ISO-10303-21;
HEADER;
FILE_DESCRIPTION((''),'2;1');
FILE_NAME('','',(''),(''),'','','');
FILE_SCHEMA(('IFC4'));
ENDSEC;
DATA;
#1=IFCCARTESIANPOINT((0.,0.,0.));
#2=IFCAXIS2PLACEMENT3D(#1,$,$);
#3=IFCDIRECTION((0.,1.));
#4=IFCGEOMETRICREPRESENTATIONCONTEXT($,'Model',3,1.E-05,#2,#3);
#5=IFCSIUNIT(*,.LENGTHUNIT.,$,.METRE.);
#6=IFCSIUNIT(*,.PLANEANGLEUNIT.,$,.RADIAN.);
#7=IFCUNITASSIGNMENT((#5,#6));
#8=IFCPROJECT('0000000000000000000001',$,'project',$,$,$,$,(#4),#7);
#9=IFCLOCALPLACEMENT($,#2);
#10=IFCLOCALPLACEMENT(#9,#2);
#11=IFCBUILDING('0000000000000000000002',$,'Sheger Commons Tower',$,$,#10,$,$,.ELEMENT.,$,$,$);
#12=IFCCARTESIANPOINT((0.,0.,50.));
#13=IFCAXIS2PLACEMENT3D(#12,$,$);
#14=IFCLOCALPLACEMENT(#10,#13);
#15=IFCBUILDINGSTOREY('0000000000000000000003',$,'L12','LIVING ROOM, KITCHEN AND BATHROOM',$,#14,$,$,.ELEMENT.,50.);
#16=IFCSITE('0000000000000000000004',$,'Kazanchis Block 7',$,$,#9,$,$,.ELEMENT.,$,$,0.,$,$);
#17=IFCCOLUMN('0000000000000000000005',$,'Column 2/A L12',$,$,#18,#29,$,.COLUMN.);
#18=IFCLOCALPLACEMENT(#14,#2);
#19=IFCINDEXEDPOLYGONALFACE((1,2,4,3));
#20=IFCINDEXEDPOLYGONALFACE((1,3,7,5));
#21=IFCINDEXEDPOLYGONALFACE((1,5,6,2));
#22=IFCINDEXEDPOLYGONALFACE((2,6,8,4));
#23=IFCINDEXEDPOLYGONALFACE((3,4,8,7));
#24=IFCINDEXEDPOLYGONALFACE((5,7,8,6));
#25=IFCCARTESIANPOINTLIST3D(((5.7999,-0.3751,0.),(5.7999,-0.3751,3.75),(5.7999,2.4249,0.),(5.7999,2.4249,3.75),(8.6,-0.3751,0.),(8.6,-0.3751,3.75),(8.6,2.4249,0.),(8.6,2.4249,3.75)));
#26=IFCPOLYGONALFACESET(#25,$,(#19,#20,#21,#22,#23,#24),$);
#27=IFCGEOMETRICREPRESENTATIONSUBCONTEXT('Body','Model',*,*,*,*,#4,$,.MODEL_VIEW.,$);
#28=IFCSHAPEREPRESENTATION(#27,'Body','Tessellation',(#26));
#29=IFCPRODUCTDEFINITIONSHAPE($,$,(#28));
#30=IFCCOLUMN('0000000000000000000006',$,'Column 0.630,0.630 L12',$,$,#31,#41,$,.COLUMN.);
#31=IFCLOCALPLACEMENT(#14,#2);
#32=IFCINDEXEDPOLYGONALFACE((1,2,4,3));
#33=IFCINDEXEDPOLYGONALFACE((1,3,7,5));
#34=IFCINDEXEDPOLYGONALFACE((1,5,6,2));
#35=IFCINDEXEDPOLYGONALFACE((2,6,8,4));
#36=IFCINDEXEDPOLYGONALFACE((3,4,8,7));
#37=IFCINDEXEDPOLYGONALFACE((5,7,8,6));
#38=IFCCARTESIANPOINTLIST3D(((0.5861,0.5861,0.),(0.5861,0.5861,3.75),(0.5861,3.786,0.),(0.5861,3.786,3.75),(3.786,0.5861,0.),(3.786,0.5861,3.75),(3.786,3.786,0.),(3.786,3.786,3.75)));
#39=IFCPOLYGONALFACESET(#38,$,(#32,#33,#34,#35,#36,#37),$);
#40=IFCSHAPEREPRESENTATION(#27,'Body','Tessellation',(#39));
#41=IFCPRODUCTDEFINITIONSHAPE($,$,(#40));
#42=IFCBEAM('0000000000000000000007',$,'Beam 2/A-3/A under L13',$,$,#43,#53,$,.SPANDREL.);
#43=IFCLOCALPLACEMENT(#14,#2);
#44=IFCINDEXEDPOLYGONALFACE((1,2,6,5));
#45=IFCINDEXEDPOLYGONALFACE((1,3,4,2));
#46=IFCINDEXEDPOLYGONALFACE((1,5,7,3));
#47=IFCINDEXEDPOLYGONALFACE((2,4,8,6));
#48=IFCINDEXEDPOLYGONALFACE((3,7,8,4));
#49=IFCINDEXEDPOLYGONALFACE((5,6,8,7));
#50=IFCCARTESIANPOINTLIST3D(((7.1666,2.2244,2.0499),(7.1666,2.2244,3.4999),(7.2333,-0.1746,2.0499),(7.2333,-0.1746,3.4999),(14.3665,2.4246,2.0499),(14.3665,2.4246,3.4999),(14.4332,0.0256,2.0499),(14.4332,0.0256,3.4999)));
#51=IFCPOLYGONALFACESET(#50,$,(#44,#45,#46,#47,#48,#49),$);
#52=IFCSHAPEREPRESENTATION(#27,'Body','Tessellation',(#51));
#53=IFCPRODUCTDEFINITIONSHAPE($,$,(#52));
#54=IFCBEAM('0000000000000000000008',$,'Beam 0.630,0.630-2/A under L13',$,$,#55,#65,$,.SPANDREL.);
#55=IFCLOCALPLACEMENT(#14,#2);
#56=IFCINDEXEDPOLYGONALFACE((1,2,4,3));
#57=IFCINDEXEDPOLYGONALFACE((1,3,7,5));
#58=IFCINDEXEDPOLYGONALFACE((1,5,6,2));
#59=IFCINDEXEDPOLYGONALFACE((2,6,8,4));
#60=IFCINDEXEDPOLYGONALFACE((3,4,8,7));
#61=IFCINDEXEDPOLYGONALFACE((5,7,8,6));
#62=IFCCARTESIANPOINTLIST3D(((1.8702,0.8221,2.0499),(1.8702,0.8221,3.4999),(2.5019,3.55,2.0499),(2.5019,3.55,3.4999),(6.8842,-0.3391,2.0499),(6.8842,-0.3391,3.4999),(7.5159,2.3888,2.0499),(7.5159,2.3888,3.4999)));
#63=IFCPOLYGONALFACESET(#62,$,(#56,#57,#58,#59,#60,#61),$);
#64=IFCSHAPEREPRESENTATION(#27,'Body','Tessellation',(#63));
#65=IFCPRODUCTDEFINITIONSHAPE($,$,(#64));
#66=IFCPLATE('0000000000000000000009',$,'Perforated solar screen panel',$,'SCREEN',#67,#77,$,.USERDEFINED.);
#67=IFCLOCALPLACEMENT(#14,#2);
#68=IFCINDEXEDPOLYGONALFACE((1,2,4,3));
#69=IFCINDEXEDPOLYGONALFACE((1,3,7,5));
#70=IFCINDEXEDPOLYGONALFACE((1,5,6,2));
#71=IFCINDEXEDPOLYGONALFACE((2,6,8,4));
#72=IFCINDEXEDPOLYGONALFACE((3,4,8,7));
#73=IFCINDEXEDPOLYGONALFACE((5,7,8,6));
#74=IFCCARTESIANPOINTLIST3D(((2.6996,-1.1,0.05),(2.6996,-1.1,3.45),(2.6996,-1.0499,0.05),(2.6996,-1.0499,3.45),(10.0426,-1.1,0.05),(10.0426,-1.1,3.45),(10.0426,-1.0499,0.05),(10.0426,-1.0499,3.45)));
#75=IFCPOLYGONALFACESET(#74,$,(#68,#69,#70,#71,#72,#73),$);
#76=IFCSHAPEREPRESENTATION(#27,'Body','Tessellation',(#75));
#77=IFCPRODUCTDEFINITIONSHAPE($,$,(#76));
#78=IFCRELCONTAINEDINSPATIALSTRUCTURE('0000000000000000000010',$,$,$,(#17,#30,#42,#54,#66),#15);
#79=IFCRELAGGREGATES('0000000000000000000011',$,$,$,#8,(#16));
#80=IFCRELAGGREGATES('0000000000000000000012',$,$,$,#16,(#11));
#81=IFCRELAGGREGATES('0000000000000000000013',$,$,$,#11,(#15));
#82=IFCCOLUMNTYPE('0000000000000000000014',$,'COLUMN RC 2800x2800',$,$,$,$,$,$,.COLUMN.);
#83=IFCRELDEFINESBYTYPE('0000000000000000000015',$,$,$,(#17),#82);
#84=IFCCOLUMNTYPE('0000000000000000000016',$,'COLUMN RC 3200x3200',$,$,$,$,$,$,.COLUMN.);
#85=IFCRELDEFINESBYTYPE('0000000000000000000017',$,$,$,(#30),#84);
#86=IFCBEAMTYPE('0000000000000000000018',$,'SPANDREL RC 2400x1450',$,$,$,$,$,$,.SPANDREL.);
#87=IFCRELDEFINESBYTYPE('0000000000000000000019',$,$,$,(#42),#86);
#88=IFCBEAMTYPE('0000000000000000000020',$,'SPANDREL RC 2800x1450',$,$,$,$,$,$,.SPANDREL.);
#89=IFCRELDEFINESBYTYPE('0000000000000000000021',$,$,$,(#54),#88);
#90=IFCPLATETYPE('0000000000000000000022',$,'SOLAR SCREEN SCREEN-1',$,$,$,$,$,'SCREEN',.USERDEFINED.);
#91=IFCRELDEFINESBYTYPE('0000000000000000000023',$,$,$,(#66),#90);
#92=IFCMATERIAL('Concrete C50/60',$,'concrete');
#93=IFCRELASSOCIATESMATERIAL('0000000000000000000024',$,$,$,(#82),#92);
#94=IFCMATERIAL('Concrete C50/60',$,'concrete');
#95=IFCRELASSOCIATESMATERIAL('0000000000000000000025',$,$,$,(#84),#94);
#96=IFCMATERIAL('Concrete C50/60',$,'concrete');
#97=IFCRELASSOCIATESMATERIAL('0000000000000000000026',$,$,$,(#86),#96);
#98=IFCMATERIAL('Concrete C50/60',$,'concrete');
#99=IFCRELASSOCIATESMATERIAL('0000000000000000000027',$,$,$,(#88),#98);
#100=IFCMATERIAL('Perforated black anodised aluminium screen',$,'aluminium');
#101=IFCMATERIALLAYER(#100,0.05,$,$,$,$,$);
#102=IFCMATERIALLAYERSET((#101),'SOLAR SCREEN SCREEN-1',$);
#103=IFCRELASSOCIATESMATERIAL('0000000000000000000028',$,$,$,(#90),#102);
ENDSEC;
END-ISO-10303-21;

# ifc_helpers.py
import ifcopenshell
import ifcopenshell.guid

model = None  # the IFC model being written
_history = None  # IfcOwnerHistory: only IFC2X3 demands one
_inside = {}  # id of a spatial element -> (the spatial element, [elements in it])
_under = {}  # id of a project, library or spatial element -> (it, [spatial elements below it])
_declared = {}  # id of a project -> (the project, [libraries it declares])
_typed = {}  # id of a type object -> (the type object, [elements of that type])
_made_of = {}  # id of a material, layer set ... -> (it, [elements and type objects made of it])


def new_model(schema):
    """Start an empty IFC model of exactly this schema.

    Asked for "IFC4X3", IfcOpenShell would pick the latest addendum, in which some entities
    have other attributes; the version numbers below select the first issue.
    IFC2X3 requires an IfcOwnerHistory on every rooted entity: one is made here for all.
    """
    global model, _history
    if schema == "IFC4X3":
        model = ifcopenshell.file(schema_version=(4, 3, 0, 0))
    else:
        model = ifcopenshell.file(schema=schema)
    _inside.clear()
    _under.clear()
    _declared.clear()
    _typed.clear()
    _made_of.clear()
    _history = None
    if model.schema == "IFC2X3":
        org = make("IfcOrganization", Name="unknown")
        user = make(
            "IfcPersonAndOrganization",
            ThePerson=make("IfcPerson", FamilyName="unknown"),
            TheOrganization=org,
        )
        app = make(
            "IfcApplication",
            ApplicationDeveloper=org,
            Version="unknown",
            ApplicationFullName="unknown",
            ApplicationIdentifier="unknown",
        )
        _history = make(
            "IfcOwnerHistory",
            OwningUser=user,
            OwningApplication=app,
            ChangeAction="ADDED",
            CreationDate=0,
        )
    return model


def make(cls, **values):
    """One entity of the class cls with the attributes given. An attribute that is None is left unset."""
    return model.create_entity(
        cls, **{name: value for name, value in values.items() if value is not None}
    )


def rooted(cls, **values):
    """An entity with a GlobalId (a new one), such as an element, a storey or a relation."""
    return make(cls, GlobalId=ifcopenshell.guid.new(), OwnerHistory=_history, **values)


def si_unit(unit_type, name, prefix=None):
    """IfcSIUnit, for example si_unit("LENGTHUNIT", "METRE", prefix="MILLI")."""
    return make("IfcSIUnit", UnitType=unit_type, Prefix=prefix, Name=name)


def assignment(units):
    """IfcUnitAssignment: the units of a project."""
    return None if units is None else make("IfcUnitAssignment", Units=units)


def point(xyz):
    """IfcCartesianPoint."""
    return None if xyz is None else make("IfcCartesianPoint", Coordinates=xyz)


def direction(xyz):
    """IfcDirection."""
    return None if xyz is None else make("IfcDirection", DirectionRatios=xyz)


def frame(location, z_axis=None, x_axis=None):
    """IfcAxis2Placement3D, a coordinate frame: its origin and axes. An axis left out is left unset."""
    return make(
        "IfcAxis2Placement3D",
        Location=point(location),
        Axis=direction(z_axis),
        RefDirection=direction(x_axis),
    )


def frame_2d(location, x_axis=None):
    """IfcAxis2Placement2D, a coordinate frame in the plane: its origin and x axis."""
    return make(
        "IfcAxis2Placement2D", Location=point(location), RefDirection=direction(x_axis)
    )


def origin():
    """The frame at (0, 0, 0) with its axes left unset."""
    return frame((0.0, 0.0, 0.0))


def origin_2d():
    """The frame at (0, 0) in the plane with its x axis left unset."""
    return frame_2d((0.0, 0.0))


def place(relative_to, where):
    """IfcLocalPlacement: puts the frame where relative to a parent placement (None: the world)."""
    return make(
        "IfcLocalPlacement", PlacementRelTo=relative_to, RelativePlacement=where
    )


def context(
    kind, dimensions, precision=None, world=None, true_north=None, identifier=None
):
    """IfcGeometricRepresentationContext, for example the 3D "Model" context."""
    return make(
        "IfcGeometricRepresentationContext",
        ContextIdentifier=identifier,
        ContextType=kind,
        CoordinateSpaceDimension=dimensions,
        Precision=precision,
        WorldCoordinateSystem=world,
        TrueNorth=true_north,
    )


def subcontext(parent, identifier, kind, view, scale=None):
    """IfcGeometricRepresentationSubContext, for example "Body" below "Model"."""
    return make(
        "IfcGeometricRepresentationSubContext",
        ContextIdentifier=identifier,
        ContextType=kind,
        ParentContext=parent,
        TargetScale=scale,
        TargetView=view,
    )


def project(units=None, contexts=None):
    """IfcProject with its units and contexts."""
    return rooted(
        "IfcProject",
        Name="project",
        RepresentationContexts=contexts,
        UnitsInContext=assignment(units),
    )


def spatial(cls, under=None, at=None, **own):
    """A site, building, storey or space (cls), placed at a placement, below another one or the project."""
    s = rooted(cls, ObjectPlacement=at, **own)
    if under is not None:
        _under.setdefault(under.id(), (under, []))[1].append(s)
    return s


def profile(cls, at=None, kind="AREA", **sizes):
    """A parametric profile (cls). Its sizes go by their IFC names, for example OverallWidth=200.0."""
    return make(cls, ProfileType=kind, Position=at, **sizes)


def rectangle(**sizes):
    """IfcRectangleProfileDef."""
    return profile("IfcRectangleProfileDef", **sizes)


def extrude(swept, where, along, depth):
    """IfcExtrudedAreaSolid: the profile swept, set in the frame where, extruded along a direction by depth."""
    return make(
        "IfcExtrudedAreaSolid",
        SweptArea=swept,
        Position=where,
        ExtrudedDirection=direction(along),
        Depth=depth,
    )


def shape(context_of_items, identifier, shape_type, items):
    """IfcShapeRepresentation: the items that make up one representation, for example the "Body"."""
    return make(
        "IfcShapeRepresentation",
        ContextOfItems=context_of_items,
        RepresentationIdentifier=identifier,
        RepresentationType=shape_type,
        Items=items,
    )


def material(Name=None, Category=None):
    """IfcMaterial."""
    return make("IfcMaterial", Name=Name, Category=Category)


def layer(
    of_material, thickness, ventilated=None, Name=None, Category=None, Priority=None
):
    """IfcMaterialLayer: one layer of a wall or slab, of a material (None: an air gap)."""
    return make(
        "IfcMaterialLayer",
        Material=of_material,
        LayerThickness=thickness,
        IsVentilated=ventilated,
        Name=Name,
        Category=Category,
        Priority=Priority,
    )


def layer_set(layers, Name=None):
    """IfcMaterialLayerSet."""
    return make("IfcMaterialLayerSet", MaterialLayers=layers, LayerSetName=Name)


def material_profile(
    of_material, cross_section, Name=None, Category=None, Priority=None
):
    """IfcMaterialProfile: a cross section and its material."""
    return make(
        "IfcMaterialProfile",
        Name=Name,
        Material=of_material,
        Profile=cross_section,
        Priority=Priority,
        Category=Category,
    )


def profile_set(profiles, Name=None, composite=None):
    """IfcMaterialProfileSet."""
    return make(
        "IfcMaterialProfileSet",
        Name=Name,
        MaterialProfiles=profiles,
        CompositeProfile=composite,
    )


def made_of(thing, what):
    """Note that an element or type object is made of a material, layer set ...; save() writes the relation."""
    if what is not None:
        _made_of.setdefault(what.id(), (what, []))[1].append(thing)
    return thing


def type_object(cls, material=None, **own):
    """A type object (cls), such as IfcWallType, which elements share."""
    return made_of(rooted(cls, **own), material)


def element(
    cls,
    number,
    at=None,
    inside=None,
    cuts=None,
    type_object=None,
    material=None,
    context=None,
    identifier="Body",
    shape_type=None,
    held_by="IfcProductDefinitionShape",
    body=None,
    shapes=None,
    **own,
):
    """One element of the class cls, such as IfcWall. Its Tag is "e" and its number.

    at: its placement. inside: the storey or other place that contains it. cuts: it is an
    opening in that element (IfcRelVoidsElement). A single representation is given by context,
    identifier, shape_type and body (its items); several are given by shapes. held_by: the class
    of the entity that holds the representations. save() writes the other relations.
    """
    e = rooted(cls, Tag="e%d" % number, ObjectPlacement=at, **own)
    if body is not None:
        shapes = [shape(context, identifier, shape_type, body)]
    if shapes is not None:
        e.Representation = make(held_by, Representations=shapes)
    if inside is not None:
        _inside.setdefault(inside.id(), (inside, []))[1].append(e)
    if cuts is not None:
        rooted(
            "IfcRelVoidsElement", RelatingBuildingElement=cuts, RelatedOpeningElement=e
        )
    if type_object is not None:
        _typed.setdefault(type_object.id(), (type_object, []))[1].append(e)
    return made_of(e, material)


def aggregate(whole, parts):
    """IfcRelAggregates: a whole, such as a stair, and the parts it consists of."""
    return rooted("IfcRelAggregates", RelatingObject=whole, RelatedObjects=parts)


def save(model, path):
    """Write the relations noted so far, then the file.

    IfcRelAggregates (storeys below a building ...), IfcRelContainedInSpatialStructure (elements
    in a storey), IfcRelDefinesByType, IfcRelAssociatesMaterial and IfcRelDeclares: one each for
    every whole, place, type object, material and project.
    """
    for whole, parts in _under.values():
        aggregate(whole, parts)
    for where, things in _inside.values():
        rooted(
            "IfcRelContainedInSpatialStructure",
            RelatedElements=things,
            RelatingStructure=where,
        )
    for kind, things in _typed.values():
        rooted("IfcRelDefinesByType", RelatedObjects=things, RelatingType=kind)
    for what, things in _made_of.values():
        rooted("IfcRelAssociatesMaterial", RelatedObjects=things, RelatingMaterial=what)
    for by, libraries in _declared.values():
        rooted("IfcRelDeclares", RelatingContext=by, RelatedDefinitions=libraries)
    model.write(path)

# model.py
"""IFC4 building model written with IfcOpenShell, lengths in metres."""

from ifc_helpers import new_model, si_unit, direction, frame, origin, origin_2d, place, context, subcontext, project, spatial, rectangle, extrude, material, layer, layer_set, material_profile, profile_set, type_object, element, save


model = new_model("IFC4")

# Units and contexts
model_context = context("Model", 3, precision=1e-05, world=origin(), true_north=direction((0.0, 1.0)))
body_context = subcontext(model_context, "Body", "Model", "MODEL_VIEW")
ifc_project = project(units=[si_unit("LENGTHUNIT", "METRE"), si_unit("PLANEANGLEUNIT", "RADIAN")], contexts=[model_context])

# Site, building, storey
site_placement = place(None, origin())
site = spatial("IfcSite", under=ifc_project, at=site_placement, Name="Kazanchis Block 7", CompositionType="ELEMENT", RefElevation=0.0)
building_placement = place(site_placement, origin())
building = spatial("IfcBuilding", under=site, at=building_placement, Name="Sheger Commons Tower", CompositionType="ELEMENT")
storey_placement = place(building_placement, frame((0.0, 0.0, 50.0)))
storey = spatial("IfcBuildingStorey", under=building, at=storey_placement, Name="L12", Description="LIVING ROOM, KITCHEN AND BATHROOM", CompositionType="ELEMENT", Elevation=50.0)

# Columns
ifc_material_1 = material(Name="Concrete C50/60", Category="concrete")
ifc_material_profile_1 = material_profile(ifc_material_1, rectangle(XDim=2.8, YDim=2.8, at=origin_2d()), Name="RC 2800x2800")
ifc_profile_set_1 = profile_set([ifc_material_profile_1], Name="Concrete C50/60")
column_type_1 = type_object("IfcColumnType", Name="COLUMN RC 2800x2800", PredefinedType="COLUMN", material=ifc_profile_set_1)
column_1_placement = place(storey_placement, frame((7.2, 1.0249, 0.0), z_axis=(0.0, 0.0, 1.0), x_axis=(1.0, 0.0, 0.0)))
element("IfcColumn", 1, at=column_1_placement, inside=storey, type_object=column_type_1, Name="Column 2/A L12", PredefinedType="COLUMN", context=body_context, shape_type="SweptSolid", body=[
    extrude(rectangle(XDim=2.8, YDim=2.8, at=origin_2d()), origin(), (0.0, 0.0, 1.0), 3.75),
])
ifc_material_2 = material(Name="Concrete C50/60", Category="concrete")
ifc_material_profile_2 = material_profile(ifc_material_2, rectangle(XDim=3.2, YDim=3.2, at=origin_2d()), Name="RC 3200x3200")
ifc_profile_set_2 = profile_set([ifc_material_profile_2], Name="Concrete C50/60")
column_type_2 = type_object("IfcColumnType", Name="COLUMN RC 3200x3200", PredefinedType="COLUMN", material=ifc_profile_set_2)
column_2_placement = place(storey_placement, frame((2.186, 2.186, 0.0), z_axis=(0.0, 0.0, 1.0), x_axis=(1.0, 0.0, 0.0)))
element("IfcColumn", 2, at=column_2_placement, inside=storey, type_object=column_type_2, Name="Column 0.630,0.630 L12", PredefinedType="COLUMN", context=body_context, shape_type="SweptSolid", body=[
    extrude(rectangle(XDim=3.2, YDim=3.2, at=origin_2d()), origin(), (0.0, 0.0, 1.0), 3.75),
])

# Beams
ifc_material_3 = material(Name="Concrete C50/60", Category="concrete")
ifc_material_profile_3 = material_profile(ifc_material_3, rectangle(XDim=2.3999, YDim=1.45, at=origin_2d()), Name="RC 2400x1450")
ifc_profile_set_3 = profile_set([ifc_material_profile_3], Name="Concrete C50/60")
beam_type_1 = type_object("IfcBeamType", Name="SPANDREL RC 2400x1450", PredefinedType="SPANDREL", material=ifc_profile_set_3)
beam_1_placement = place(storey_placement, frame((7.2, 1.0249, 2.7749), z_axis=(0.999614, 0.027794, 0.0), x_axis=(-0.027794, 0.999614, 0.0)))
element("IfcBeam", 3, at=beam_1_placement, inside=storey, type_object=beam_type_1, Name="Beam 2/A-3/A under L13", PredefinedType="SPANDREL", context=body_context, shape_type="SweptSolid", body=[
    extrude(rectangle(XDim=2.3999, YDim=1.45, at=origin_2d()), origin(), (0.0, 0.0, 1.0), 7.2026),
])
ifc_material_4 = material(Name="Concrete C50/60", Category="concrete")
ifc_material_profile_4 = material_profile(ifc_material_4, rectangle(XDim=2.8, YDim=1.45, at=origin_2d()), Name="RC 2800x1450")
ifc_profile_set_4 = profile_set([ifc_material_profile_4], Name="Concrete C50/60")
beam_type_2 = type_object("IfcBeamType", Name="SPANDREL RC 2800x1450", PredefinedType="SPANDREL", material=ifc_profile_set_4)
beam_2_placement = place(storey_placement, frame((2.186, 2.186, 2.7749), z_axis=(0.974217, -0.225611, 0.0), x_axis=(0.225611, 0.974217, 0.0)))
element("IfcBeam", 4, at=beam_2_placement, inside=storey, type_object=beam_type_2, Name="Beam 0.630,0.630-2/A under L13", PredefinedType="SPANDREL", context=body_context, shape_type="SweptSolid", body=[
    extrude(rectangle(XDim=2.8, YDim=1.45, at=origin_2d()), origin(), (0.0, 0.0, 1.0), 5.1467),
])

# Plate
ifc_material_5 = material(Name="Perforated black anodised aluminium screen", Category="aluminium")
ifc_layer_1 = layer(ifc_material_5, 0.05)
ifc_layer_set_1 = layer_set([ifc_layer_1], Name="SOLAR SCREEN SCREEN-1")
plate_type = type_object("IfcPlateType", Name="SOLAR SCREEN SCREEN-1", ElementType="SCREEN", PredefinedType="USERDEFINED", material=ifc_layer_set_1)
plate_placement = place(storey_placement, frame((6.3711, -1.075, 0.05), z_axis=(0.0, 0.0, 1.0), x_axis=(1.0, 0.0, 0.0)))
element("IfcPlate", 5, at=plate_placement, inside=storey, type_object=plate_type, Name="Perforated solar screen panel", ObjectType="SCREEN", PredefinedType="USERDEFINED", context=body_context, shape_type="SweptSolid", body=[
    extrude(rectangle(XDim=7.343, YDim=0.05, at=origin_2d()), origin(), (0.0, 0.0, 1.0), 3.3999),
])

save(model, "model.ifc")
